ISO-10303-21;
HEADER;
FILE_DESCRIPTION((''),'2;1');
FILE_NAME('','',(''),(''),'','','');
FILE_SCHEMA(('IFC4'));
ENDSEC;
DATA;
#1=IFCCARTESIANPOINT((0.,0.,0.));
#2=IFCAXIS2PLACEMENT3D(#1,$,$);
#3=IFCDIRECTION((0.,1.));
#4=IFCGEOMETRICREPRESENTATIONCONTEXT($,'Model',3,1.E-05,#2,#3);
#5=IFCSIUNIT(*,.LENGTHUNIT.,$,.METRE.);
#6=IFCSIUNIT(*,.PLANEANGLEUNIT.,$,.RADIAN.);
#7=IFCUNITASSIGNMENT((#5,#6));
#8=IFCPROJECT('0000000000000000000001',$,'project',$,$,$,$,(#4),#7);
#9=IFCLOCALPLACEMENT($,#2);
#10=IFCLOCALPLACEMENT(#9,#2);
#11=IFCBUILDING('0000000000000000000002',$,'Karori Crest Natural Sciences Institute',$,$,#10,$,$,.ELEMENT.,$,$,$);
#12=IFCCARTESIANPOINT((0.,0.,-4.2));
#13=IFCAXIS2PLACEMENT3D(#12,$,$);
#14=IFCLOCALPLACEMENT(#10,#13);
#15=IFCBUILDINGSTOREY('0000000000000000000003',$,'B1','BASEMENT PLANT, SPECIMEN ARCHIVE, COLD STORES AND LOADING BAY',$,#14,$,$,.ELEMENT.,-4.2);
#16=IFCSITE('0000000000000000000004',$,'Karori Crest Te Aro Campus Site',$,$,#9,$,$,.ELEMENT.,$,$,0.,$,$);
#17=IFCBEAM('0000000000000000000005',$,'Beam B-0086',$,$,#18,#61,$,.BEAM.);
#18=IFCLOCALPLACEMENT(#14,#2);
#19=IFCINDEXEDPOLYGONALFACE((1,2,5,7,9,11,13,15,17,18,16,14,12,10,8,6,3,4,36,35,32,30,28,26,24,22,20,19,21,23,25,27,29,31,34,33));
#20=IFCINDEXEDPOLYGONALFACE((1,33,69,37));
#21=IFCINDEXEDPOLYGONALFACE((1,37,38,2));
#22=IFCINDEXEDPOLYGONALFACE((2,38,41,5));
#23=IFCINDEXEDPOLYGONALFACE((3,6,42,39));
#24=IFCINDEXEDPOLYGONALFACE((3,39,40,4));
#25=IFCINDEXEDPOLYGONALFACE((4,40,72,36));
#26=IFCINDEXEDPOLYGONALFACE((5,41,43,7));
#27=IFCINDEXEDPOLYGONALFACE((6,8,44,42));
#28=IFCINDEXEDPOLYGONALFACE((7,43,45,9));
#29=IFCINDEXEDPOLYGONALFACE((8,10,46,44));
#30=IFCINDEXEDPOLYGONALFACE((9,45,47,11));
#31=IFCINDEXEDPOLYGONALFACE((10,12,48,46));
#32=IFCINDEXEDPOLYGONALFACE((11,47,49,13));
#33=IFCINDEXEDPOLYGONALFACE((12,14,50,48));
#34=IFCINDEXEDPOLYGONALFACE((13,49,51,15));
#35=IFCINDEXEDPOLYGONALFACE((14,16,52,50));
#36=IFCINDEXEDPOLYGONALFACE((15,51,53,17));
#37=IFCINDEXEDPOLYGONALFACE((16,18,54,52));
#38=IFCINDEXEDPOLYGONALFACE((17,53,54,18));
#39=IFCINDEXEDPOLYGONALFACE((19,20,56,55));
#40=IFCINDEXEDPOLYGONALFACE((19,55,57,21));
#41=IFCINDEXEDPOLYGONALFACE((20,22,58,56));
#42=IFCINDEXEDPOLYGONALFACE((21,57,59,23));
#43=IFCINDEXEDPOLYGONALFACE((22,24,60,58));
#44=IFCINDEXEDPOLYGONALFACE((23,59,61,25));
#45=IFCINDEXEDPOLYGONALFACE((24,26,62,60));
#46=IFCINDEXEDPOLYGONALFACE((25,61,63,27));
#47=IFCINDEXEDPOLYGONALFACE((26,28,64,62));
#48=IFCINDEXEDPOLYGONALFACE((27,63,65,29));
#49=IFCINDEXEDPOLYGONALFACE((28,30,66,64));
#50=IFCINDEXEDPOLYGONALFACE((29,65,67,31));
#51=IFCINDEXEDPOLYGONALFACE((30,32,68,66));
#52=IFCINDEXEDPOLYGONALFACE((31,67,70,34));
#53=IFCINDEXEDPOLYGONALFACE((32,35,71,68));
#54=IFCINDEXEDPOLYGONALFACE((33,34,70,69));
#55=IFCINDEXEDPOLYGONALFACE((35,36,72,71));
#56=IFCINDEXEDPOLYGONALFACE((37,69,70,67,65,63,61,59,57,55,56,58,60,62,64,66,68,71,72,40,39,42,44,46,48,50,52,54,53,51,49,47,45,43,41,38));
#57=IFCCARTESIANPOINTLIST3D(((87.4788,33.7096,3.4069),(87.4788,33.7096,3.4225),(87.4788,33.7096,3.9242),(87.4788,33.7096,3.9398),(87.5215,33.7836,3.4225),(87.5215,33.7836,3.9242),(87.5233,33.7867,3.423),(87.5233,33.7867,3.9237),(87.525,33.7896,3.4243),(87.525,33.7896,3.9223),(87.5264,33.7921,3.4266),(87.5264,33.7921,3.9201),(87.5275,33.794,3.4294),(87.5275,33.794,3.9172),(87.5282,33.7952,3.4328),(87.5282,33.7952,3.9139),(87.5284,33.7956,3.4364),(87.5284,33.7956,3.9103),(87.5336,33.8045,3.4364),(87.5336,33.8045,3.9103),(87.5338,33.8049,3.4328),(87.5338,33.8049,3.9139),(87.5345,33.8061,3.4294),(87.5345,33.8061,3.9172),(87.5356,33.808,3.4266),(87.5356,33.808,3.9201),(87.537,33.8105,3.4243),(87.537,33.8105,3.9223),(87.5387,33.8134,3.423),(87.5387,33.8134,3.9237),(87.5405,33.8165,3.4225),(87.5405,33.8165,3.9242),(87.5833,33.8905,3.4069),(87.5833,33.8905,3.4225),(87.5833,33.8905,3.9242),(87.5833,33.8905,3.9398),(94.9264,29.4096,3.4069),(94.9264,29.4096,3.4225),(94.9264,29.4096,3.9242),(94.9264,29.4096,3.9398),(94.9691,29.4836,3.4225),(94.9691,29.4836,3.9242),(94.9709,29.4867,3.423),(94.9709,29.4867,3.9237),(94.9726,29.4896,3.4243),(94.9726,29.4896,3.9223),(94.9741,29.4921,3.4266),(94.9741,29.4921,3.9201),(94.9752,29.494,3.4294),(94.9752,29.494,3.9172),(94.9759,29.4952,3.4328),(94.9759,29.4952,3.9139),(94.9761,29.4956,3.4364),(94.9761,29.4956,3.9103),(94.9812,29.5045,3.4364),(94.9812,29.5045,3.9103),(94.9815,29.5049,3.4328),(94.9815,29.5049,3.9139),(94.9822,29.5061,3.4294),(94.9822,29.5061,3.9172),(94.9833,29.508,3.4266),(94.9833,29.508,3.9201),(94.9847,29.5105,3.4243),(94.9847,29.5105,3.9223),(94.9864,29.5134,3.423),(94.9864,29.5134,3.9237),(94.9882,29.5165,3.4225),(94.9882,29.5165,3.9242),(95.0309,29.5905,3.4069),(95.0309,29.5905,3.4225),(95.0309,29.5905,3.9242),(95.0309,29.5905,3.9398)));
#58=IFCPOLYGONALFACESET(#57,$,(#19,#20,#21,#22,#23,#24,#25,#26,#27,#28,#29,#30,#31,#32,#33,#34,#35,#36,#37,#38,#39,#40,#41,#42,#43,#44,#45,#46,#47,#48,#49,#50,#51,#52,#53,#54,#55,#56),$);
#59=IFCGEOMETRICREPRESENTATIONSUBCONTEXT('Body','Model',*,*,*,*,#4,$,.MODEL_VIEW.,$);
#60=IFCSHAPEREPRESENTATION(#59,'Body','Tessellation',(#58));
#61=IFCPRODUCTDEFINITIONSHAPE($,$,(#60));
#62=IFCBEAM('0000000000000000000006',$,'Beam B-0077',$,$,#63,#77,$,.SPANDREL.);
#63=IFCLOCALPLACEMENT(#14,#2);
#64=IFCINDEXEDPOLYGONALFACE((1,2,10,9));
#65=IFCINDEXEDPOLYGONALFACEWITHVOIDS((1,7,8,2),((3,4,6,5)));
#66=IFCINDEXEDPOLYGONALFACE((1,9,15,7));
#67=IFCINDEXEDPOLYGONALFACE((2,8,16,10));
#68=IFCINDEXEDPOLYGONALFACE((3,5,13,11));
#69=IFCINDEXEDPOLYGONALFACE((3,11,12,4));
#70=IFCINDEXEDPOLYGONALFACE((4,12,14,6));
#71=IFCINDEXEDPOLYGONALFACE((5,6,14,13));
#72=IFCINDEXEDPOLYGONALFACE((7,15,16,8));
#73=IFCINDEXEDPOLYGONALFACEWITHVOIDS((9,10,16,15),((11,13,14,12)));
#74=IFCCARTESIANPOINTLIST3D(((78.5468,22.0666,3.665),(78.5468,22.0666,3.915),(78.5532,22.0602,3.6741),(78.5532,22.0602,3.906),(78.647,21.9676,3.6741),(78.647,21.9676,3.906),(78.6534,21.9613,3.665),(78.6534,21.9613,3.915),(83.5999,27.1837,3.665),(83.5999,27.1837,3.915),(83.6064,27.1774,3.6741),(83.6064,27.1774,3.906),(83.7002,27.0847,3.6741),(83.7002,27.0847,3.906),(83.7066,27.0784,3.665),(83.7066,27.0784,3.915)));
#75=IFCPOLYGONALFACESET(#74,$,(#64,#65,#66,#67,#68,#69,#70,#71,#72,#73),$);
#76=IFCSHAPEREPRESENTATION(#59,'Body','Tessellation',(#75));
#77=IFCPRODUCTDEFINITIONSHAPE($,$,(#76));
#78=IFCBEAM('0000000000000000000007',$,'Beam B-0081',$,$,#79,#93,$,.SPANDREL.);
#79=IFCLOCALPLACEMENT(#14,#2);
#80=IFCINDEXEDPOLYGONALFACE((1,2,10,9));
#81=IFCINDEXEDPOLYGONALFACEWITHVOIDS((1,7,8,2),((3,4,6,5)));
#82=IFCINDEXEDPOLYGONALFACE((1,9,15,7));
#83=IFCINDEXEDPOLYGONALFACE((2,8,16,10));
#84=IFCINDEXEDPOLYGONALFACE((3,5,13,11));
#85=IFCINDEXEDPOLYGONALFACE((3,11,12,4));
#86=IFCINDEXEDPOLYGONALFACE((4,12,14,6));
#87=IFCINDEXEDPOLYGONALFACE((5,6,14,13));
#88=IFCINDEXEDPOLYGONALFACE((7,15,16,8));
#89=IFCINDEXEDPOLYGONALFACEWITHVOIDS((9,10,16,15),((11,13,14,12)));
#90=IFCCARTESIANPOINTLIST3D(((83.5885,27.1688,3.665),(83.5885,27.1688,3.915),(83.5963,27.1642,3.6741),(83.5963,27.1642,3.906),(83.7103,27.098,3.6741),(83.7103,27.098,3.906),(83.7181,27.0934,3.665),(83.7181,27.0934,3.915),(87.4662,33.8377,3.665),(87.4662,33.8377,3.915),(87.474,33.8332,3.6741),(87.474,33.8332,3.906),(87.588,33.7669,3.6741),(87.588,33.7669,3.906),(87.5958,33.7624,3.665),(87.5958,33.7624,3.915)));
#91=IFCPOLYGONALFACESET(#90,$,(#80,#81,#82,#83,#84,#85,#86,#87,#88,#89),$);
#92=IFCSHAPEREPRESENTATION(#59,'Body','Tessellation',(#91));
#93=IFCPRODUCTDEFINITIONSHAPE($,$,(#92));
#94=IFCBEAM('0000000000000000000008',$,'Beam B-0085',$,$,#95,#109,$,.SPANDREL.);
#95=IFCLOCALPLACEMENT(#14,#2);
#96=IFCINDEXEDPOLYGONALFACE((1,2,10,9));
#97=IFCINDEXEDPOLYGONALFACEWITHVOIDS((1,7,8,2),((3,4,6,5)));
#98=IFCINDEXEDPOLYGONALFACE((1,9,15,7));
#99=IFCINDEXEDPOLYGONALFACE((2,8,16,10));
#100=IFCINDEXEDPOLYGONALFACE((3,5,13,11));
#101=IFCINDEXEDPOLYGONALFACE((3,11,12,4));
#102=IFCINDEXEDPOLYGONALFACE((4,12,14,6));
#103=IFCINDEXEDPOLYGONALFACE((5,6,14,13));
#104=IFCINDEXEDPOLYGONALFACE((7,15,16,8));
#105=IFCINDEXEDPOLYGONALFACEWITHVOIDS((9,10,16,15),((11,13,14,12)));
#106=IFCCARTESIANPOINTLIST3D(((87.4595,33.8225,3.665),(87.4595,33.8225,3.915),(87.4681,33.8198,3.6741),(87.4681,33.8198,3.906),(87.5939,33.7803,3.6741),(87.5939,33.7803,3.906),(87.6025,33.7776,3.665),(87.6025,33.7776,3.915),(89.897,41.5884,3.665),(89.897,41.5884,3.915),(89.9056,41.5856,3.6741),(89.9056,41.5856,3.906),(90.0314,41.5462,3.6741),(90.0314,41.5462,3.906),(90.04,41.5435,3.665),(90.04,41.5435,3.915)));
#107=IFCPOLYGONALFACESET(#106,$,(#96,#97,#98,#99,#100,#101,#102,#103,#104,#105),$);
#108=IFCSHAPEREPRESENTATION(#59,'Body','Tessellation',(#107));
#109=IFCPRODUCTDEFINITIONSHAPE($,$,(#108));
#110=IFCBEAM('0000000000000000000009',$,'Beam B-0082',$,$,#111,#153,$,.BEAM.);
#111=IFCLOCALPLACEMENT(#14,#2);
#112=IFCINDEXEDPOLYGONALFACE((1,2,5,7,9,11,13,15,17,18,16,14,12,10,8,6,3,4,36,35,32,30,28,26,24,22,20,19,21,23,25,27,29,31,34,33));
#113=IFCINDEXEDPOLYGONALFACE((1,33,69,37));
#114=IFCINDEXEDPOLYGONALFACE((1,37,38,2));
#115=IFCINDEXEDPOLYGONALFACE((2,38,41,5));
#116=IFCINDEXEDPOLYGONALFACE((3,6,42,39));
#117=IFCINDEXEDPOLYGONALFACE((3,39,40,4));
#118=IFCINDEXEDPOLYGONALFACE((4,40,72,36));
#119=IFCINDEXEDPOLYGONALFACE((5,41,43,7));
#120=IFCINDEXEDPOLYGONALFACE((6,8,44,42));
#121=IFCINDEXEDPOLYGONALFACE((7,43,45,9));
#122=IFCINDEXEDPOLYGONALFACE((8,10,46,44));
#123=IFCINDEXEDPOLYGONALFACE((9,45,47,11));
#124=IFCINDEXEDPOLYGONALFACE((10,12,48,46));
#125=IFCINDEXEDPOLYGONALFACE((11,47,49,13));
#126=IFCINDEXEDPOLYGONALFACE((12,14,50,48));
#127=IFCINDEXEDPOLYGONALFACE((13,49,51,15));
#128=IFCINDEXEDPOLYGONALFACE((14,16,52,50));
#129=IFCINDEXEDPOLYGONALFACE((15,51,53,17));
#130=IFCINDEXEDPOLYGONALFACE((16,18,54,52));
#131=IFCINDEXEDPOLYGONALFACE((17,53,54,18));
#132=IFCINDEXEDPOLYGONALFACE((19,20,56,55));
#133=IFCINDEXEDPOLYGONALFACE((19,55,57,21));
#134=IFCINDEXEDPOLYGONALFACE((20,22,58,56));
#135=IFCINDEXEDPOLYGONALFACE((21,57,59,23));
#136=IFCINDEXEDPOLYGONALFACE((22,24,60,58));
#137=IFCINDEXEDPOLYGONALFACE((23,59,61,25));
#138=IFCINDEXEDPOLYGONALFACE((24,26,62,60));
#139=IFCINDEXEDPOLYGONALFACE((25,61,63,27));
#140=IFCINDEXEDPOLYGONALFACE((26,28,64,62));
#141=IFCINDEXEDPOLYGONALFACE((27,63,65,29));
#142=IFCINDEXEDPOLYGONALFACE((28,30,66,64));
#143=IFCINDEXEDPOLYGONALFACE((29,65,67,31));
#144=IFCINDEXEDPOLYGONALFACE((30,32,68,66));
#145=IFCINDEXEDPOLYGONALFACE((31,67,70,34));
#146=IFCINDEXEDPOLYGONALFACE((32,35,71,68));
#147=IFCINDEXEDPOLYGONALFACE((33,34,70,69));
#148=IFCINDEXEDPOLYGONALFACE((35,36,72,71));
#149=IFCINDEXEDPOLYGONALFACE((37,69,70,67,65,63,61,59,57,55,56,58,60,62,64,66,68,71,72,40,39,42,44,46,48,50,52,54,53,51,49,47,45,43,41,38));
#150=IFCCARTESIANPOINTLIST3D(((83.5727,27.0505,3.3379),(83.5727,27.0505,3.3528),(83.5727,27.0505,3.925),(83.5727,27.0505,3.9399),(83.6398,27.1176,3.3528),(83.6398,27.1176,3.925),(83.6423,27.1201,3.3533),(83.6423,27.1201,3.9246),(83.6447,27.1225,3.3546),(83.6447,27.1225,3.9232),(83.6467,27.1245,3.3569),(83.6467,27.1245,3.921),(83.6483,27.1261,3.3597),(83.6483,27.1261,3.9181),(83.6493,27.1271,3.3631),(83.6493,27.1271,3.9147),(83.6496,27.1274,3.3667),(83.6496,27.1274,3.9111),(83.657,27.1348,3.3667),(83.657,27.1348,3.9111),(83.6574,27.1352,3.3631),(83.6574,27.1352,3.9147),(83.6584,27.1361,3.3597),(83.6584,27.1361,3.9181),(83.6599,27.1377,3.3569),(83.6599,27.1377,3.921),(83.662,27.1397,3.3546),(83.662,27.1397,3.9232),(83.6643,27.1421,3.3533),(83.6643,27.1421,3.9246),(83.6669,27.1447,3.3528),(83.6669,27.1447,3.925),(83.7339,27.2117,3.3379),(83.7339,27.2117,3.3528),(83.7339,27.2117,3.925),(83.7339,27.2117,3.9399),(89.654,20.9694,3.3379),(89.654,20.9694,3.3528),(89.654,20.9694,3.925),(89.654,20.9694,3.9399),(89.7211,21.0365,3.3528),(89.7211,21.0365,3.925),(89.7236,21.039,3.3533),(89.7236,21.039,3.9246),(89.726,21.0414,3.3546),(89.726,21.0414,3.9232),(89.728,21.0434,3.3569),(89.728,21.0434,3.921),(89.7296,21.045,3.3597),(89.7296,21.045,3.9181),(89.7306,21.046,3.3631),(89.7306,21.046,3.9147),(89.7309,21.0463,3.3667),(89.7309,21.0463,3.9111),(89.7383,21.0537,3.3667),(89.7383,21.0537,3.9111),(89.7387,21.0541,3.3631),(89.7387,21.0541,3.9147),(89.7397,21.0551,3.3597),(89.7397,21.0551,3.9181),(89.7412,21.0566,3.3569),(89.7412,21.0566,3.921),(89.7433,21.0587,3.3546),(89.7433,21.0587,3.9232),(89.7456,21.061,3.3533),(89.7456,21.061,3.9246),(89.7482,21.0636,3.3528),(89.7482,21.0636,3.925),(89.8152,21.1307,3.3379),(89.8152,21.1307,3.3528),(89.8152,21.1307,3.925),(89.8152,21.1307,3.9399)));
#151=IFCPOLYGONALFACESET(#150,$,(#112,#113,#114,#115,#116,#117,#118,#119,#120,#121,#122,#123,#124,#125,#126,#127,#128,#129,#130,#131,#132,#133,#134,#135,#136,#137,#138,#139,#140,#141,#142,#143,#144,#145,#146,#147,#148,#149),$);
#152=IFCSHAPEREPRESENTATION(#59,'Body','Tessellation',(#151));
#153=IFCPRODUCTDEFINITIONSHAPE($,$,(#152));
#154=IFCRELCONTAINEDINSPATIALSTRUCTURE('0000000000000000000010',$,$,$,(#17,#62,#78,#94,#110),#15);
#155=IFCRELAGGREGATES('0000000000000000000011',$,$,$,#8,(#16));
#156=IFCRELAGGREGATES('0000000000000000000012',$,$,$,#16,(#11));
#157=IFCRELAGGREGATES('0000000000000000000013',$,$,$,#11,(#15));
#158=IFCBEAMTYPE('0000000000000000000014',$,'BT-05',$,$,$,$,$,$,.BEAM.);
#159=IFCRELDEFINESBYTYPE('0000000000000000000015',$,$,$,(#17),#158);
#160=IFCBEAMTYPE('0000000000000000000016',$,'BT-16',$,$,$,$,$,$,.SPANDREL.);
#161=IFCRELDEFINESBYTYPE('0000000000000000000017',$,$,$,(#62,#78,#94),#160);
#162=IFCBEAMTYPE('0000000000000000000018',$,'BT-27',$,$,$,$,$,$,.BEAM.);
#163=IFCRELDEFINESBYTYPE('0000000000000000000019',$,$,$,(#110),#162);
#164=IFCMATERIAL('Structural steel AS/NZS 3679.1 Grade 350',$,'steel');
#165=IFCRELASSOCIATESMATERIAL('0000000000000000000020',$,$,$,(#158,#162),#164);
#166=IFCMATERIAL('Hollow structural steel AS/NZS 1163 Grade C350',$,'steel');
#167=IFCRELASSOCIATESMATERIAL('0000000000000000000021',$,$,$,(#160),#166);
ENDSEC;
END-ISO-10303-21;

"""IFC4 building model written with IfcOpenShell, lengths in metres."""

from ifc_helpers import new_model, si_unit, direction, frame, origin, origin_2d, place, context, subcontext, project, spatial, hollow_rectangle, i_section, extrude, material, material_profile, profile_set, type_object, element, save


model = new_model("IFC4")

# Units and contexts
model_context = context("Model", 3, precision=1e-05, world=origin(), true_north=direction((0.0, 1.0)))
body_context = subcontext(model_context, "Body", "Model", "MODEL_VIEW")
ifc_project = project(units=[si_unit("LENGTHUNIT", "METRE"), si_unit("PLANEANGLEUNIT", "RADIAN")], contexts=[model_context])

# Site, building, storey
site_placement = place(None, origin())
site = spatial("IfcSite", under=ifc_project, at=site_placement, Name="Karori Crest Te Aro Campus Site", CompositionType="ELEMENT", RefElevation=0.0)
building_placement = place(site_placement, origin())
building = spatial("IfcBuilding", under=site, at=building_placement, Name="Karori Crest Natural Sciences Institute", CompositionType="ELEMENT")
storey_placement = place(building_placement, frame((0.0, 0.0, -4.2)))
storey = spatial("IfcBuildingStorey", under=building, at=storey_placement, Name="B1", Description="BASEMENT PLANT, SPECIMEN ARCHIVE, COLD STORES AND LOADING BAY", CompositionType="ELEMENT", Elevation=-4.2)

# Shared definitions
ifc_material_1 = material(Name="Structural steel AS/NZS 3679.1 Grade 350", Category="steel")
ifc_material_2 = material(Name="Hollow structural steel AS/NZS 1163 Grade C350", Category="steel")

# Beams
ifc_material_profile_1 = material_profile(ifc_material_1, i_section(OverallWidth=0.209, OverallDepth=0.533, WebThickness=0.0103, FlangeThickness=0.0156, FilletRadius=0.0139, at=origin_2d()), Name="530UB92.4")
ifc_profile_set_1 = profile_set([ifc_material_profile_1], Name="Structural steel AS/NZS 3679.1 Grade 350")
beam_type_1 = type_object("IfcBeamType", Name="BT-05", PredefinedType="BEAM", material=ifc_profile_set_1)
beam_1_placement = place(storey_placement, frame((87.531, 33.8, 3.6733), z_axis=(0.866021, -0.500008, 0.0), x_axis=(0.500008, 0.866021, 0.0)))
element("IfcBeam", 1, at=beam_1_placement, inside=storey, type_object=beam_type_1, Name="Beam B-0086", PredefinedType="BEAM", context=body_context, shape_type="SweptSolid", body=[
    extrude(i_section(OverallWidth=0.209, OverallDepth=0.533, WebThickness=0.0103, FlangeThickness=0.0156, FilletRadius=0.0139, at=origin_2d()), origin(), (0.0, 0.0, 1.0), 8.5999),
])
ifc_material_profile_2 = material_profile(ifc_material_2, hollow_rectangle(XDim=0.1499, YDim=0.25, WallThickness=0.009, at=origin_2d()), Name="RHS250x150x9")
ifc_profile_set_2 = profile_set([ifc_material_profile_2], Name="Hollow structural steel AS/NZS 1163 Grade C350")
beam_type_2 = type_object("IfcBeamType", Name="BT-16", PredefinedType="SPANDREL", material=ifc_profile_set_2)
beam_2_placement = place(storey_placement, frame((78.6001, 22.0139, 3.79), z_axis=(0.702646, 0.71154, 0.0), x_axis=(-0.71154, 0.702646, 0.0)))
element("IfcBeam", 2, at=beam_2_placement, inside=storey, type_object=beam_type_2, Name="Beam B-0077", PredefinedType="SPANDREL", context=body_context, shape_type="SweptSolid", body=[
    extrude(hollow_rectangle(XDim=0.1499, YDim=0.25, WallThickness=0.009, at=origin_2d()), origin(), (0.0, 0.0, 1.0), 7.1917),
])
beam_3_placement = place(storey_placement, frame((83.6533, 27.1311, 3.79), z_axis=(0.502658, 0.864485, 0.0), x_axis=(-0.864485, 0.502658, 0.0)))
element("IfcBeam", 3, at=beam_3_placement, inside=storey, type_object=beam_type_2, Name="Beam B-0081", PredefinedType="SPANDREL", context=body_context, shape_type="SweptSolid", body=[
    extrude(hollow_rectangle(XDim=0.1499, YDim=0.25, WallThickness=0.009, at=origin_2d()), origin(), (0.0, 0.0, 1.0), 7.7144),
])
beam_4_placement = place(storey_placement, frame((87.531, 33.8, 3.79), z_axis=(0.299469, 0.954106, 0.0), x_axis=(-0.954106, 0.299469, 0.0)))
element("IfcBeam", 4, at=beam_4_placement, inside=storey, type_object=beam_type_2, Name="Beam B-0085", PredefinedType="SPANDREL", context=body_context, shape_type="SweptSolid", body=[
    extrude(hollow_rectangle(XDim=0.1499, YDim=0.25, WallThickness=0.009, at=origin_2d()), origin(), (0.0, 0.0, 1.0), 8.1394),
])
ifc_material_profile_3 = material_profile(ifc_material_1, i_section(OverallWidth=0.228, OverallDepth=0.6021, WebThickness=0.0105, FlangeThickness=0.0149, FilletRadius=0.0139, at=origin_2d()), Name="610UB101")
ifc_profile_set_3 = profile_set([ifc_material_profile_3], Name="Structural steel AS/NZS 3679.1 Grade 350")
beam_type_3 = type_object("IfcBeamType", Name="BT-27", PredefinedType="BEAM", material=ifc_profile_set_3)
beam_5_placement = place(storey_placement, frame((83.6533, 27.1311, 3.6389), z_axis=(0.707121, -0.707093, 0.0), x_axis=(0.707093, 0.707121, 0.0)))
element("IfcBeam", 5, at=beam_5_placement, inside=storey, type_object=beam_type_3, Name="Beam B-0082", PredefinedType="BEAM", context=body_context, shape_type="SweptSolid", body=[
    extrude(i_section(OverallWidth=0.228, OverallDepth=0.6021, WebThickness=0.0105, FlangeThickness=0.0149, FilletRadius=0.0139, at=origin_2d()), origin(), (0.0, 0.0, 1.0), 8.6001),
])

save(model, "model.ifc")
